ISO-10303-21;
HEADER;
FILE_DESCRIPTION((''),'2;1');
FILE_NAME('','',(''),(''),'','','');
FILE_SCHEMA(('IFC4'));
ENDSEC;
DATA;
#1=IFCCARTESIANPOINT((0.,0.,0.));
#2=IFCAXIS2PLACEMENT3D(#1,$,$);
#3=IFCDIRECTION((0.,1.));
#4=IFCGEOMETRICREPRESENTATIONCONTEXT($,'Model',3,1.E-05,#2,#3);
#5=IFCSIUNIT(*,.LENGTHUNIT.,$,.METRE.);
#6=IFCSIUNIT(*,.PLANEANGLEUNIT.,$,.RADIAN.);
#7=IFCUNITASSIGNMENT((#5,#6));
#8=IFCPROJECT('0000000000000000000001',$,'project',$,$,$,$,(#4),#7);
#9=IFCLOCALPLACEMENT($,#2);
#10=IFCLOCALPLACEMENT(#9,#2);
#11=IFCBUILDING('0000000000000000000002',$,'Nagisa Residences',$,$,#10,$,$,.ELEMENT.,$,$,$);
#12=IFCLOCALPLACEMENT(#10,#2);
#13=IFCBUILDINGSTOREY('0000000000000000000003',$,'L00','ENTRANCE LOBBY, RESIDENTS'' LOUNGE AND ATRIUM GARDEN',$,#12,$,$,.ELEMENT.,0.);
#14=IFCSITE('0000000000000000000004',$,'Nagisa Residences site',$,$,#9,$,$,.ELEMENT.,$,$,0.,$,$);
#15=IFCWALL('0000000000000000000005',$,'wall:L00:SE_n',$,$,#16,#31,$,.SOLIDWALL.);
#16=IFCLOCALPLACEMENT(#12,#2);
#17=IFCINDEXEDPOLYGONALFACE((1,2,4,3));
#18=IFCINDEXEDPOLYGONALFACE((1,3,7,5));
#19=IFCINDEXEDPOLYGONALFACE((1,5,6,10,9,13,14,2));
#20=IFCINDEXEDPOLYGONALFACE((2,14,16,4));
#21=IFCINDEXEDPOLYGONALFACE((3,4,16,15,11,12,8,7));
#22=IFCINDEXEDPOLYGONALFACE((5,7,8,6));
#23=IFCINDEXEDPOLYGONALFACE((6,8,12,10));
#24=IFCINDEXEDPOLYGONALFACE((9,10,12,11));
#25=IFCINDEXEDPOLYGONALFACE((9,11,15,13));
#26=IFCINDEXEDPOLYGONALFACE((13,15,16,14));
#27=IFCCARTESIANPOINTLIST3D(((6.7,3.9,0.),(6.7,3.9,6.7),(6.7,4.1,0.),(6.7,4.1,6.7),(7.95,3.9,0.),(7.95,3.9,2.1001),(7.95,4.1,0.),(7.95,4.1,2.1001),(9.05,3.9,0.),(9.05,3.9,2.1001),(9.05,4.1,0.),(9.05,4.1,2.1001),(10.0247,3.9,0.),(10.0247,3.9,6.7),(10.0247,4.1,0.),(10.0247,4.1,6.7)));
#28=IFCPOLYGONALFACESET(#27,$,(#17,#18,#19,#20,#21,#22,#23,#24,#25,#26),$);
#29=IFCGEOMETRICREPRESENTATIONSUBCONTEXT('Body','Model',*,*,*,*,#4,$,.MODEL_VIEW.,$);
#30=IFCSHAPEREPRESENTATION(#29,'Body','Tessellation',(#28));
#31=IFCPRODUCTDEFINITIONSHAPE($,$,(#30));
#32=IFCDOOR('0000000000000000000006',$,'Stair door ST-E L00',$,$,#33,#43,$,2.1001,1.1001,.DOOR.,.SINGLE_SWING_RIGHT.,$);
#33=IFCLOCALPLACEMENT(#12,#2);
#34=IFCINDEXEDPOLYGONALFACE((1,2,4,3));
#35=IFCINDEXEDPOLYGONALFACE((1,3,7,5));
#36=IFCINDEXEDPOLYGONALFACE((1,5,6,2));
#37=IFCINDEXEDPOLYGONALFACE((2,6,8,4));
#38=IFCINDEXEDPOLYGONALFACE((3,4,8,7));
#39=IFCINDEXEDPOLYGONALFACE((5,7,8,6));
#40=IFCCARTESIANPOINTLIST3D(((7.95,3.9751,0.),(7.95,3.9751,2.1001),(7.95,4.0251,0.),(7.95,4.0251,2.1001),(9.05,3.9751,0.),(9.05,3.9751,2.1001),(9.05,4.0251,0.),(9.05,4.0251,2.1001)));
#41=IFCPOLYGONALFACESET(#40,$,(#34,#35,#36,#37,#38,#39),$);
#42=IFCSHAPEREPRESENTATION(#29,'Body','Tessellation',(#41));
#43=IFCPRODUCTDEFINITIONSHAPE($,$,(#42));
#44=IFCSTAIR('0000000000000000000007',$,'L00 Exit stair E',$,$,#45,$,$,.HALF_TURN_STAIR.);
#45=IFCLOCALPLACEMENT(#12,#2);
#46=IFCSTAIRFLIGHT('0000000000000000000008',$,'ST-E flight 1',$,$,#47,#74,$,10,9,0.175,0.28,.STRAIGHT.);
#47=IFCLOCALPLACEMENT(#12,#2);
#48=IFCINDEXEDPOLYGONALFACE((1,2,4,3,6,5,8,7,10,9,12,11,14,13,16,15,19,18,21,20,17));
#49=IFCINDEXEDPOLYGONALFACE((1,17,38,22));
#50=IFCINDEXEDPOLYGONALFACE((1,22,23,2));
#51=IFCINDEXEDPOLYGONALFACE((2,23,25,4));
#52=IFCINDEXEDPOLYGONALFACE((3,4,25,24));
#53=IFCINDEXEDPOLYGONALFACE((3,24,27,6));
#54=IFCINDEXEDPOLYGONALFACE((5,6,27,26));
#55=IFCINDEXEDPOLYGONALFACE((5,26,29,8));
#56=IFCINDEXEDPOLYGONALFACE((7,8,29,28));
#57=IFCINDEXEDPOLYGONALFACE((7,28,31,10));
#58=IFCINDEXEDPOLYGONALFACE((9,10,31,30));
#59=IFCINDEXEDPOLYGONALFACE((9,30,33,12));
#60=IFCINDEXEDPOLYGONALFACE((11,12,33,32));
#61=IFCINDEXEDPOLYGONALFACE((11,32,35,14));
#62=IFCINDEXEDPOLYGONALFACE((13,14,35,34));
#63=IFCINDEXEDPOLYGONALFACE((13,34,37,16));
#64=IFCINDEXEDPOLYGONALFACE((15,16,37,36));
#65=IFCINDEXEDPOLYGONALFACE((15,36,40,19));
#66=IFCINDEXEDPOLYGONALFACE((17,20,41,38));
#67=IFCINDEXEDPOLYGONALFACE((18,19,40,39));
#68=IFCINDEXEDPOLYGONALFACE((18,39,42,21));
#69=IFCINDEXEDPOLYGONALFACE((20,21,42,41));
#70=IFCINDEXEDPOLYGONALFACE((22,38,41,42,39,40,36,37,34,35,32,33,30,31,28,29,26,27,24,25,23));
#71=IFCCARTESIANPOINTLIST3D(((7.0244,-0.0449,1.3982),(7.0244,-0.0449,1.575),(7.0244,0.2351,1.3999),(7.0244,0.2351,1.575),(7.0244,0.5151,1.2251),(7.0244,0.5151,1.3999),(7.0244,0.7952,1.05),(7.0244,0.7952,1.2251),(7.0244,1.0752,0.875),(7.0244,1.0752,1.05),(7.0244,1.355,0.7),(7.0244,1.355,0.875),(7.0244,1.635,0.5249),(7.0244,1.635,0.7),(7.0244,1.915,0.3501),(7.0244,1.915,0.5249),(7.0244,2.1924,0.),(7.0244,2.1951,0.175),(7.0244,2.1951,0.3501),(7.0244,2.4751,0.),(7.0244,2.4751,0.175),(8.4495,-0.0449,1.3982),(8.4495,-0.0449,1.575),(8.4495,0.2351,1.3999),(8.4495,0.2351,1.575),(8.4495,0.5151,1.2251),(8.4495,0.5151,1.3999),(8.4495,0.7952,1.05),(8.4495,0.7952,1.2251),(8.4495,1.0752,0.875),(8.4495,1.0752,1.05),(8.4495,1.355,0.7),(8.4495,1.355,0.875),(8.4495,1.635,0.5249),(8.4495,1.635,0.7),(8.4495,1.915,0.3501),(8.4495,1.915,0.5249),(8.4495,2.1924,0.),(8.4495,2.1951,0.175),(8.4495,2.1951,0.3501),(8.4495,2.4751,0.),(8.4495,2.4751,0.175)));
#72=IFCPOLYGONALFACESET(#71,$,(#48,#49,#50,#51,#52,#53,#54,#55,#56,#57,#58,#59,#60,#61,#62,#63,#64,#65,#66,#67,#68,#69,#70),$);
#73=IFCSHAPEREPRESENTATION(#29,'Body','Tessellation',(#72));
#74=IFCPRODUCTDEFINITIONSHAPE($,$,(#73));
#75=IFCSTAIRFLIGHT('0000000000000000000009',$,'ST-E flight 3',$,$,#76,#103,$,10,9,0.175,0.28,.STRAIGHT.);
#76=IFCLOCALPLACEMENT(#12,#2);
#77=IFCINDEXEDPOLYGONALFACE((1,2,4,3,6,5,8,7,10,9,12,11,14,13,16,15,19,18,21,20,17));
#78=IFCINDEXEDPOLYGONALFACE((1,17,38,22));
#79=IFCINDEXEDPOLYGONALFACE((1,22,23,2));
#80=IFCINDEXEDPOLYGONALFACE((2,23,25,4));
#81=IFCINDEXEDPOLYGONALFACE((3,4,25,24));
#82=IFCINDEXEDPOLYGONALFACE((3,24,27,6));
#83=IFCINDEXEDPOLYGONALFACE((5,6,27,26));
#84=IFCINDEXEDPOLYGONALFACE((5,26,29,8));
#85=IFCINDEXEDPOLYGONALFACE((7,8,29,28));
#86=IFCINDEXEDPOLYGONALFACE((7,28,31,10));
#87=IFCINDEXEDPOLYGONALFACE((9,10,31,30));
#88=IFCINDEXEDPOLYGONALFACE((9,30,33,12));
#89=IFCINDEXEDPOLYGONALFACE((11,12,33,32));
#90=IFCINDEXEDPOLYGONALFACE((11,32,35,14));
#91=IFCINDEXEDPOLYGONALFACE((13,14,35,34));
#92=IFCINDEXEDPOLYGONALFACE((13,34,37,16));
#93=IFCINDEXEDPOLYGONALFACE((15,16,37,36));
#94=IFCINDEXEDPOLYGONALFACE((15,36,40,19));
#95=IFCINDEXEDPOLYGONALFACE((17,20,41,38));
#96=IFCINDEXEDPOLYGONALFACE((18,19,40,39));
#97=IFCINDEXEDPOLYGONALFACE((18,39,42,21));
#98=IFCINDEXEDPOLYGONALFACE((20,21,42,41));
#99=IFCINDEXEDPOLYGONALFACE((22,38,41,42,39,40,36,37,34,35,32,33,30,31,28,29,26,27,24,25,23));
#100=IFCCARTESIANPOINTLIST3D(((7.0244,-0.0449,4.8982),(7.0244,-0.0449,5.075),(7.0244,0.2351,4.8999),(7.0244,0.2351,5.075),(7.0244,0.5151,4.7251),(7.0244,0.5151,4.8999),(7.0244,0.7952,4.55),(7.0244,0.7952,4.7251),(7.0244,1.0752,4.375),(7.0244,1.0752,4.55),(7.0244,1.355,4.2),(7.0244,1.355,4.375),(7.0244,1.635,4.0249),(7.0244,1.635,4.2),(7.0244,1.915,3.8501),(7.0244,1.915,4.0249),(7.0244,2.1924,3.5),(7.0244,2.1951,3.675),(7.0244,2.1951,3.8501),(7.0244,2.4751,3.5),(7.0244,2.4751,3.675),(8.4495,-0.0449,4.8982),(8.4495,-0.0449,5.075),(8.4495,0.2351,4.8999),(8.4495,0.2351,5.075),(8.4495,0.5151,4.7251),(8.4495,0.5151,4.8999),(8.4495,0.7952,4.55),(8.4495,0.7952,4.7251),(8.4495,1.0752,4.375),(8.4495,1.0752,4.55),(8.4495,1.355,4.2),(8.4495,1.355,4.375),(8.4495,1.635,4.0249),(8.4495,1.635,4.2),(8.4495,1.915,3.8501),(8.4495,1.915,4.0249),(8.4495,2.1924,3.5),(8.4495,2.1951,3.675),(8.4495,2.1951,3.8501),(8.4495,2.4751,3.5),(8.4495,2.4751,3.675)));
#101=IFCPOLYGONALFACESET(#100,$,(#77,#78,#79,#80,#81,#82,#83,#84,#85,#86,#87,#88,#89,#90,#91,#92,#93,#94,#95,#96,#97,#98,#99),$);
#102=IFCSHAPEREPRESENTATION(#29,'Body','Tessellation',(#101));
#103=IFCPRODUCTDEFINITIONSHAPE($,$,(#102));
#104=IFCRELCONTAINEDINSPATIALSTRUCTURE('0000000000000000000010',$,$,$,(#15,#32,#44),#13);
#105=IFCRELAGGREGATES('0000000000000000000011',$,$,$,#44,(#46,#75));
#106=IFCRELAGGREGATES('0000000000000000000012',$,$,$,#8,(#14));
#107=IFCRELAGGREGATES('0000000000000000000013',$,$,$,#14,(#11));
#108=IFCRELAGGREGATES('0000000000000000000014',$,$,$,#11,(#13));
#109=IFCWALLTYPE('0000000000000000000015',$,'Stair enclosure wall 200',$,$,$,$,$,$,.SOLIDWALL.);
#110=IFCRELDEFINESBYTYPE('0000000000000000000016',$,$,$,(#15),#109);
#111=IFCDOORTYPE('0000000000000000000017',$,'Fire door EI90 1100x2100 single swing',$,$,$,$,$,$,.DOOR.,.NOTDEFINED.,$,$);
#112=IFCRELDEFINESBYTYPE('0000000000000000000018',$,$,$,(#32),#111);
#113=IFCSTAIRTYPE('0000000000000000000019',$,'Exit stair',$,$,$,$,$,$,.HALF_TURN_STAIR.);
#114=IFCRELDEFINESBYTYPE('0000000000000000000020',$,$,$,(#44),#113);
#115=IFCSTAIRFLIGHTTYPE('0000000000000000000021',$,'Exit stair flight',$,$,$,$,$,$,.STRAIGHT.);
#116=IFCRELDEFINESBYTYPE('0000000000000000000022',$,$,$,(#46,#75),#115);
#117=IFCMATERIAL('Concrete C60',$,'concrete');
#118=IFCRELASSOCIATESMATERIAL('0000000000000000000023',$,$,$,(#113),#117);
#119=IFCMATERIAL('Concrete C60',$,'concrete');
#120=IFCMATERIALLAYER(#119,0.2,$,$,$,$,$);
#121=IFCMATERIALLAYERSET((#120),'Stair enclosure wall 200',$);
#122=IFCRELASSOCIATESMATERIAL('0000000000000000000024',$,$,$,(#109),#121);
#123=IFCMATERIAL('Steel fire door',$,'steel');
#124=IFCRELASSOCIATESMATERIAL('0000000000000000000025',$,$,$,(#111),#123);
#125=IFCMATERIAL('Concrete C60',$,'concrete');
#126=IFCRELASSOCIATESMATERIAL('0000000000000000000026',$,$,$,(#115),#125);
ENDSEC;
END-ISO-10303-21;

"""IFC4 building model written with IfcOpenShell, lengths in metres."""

from ifc_helpers import new_model, si_unit, direction, frame, frame_2d, origin, place, context, subcontext, project, spatial, polyline, rectangle, outline, extrude, material, layer, layer_set, type_object, element, fill, aggregate, save


model = new_model("IFC4")

# Units and contexts
model_context = context("Model", 3, precision=1e-05, world=origin(), true_north=direction((0.0, 1.0)))
body_context = subcontext(model_context, "Body", "Model", "MODEL_VIEW")
ifc_project = project(units=[si_unit("LENGTHUNIT", "METRE"), si_unit("PLANEANGLEUNIT", "RADIAN")], contexts=[model_context])

# Site, building, storey
site_placement = place(None, origin())
site = spatial("IfcSite", under=ifc_project, at=site_placement, Name="Nagisa Residences site", CompositionType="ELEMENT", RefElevation=0.0)
building_placement = place(site_placement, origin())
building = spatial("IfcBuilding", under=site, at=building_placement, Name="Nagisa Residences", CompositionType="ELEMENT")
storey_placement = place(building_placement, origin())
storey = spatial("IfcBuildingStorey", under=building, at=storey_placement, Name="L00", Description="ENTRANCE LOBBY, RESIDENTS' LOUNGE AND ATRIUM GARDEN", CompositionType="ELEMENT", Elevation=0.0)

# Shared definitions
ifc_material_1 = material(Name="Concrete C60", Category="concrete")
stair_type = type_object("IfcStairType", Name="Exit stair", PredefinedType="HALF_TURN_STAIR", material=ifc_material_1)

# Wall, opening, door
ifc_material_2 = material(Name="Concrete C60", Category="concrete")
ifc_layer_1 = layer(ifc_material_2, 0.2)
ifc_layer_set_1 = layer_set([ifc_layer_1], Name="Stair enclosure wall 200")
wall_type_1 = type_object("IfcWallType", Name="Stair enclosure wall 200", PredefinedType="SOLIDWALL", material=ifc_layer_set_1)
wall_1_placement = place(storey_placement, frame((6.7, 4.0, 0.0), z_axis=(0.0, 0.0, 1.0), x_axis=(1.0, 0.0, 0.0)))
wall_1 = element("IfcWall", 1, at=wall_1_placement, inside=storey, type_object=wall_type_1, Name="wall:L00:SE_n", PredefinedType="SOLIDWALL", context=body_context, shape_type="SweptSolid", body=[
    extrude(rectangle(XDim=3.3247, YDim=0.2, at=frame_2d((1.6624, 0.0))), origin(), (0.0, 0.0, 1.0), 6.7),
])
opening_1_placement = place(wall_1_placement, frame((1.25, 0.0, 0.0)))
opening_1 = element("IfcOpeningElement", 2, at=opening_1_placement, cuts=wall_1, PredefinedType="OPENING", context=body_context, shape_type="SweptSolid", body=[
    extrude(rectangle(XDim=1.1001, YDim=2.1001, at=frame_2d((0.55, 1.05))), frame((0.0, 0.1099, 0.0), z_axis=(0.0, -1.0, 0.0), x_axis=(1.0, 0.0, 0.0)), (0.0, 0.0, 1.0), 0.22),
])
ifc_material_3 = material(Name="Steel fire door", Category="steel")
door_type_1 = type_object("IfcDoorType", Name="Fire door EI90 1100x2100 single swing", OperationType="NOTDEFINED", PredefinedType="DOOR", material=ifc_material_3)
door_1_placement = place(opening_1_placement, frame((1.1001, 0.0, 0.0), x_axis=(-1.0, 0.0, 0.0)))
door_1 = element("IfcDoor", 3, at=door_1_placement, inside=storey, type_object=door_type_1, Name="Stair door ST-E L00", OperationType="SINGLE_SWING_RIGHT", OverallHeight=2.1001, OverallWidth=1.1001, PredefinedType="DOOR", context=body_context, shape_type="SweptSolid", body=[
    extrude(rectangle(XDim=1.1001, YDim=2.1001, at=frame_2d((0.55, 1.05))), frame((0.0, 0.0249, 0.0), z_axis=(0.0, -1.0, 0.0), x_axis=(1.0, 0.0, 0.0)), (0.0, 0.0, 1.0), 0.05),
])
fill(opening_1, door_1)

# Stair, stair flights
stair_1_placement = place(storey_placement, origin())
stair_1 = element("IfcStair", 4, at=stair_1_placement, inside=storey, type_object=stair_type, Name="L00 Exit stair E", PredefinedType="HALF_TURN_STAIR")
ifc_material_4 = material(Name="Concrete C60", Category="concrete")
stair_flight_type = type_object("IfcStairFlightType", Name="Exit stair flight", PredefinedType="STRAIGHT", material=ifc_material_4)
stair_flight_1_placement = place(storey_placement, frame((7.7371, 2.4751, 0.0), z_axis=(0.0, 0.0, 1.0), x_axis=(0.0, -1.0, 0.0)))
stair_flight_1 = element("IfcStairFlight", 5, at=stair_flight_1_placement, type_object=stair_flight_type, Name="ST-E flight 1", NumberOfRisers=10, NumberOfTreads=9, PredefinedType="STRAIGHT", RiserHeight=0.175, TreadLength=0.28, context=body_context, shape_type="SweptSolid", body=[
    extrude(outline(polyline([(0.0, 0.0), (0.0, 0.175), (0.28, 0.175), (0.28, 0.3501), (0.5601, 0.3501), (0.5601, 0.5249), (0.8401, 0.5249), (0.8401, 0.7), (1.1201, 0.7), (1.1201, 0.875), (1.3999, 0.875), (1.3999, 1.05), (1.6799, 1.05), (1.6799, 1.2251), (1.96, 1.2251), (1.96, 1.3999), (2.24, 1.3999), (2.24, 1.575), (2.52, 1.575), (2.52, 1.75), (2.52, 1.3982), (0.2827, 0.0), (0.0, 0.0)])), frame((0.0, 0.7124, 0.0), z_axis=(0.0, -1.0, 0.0), x_axis=(1.0, 0.0, 0.0)), (0.0, 0.0, 1.0), 1.425),
])
stair_flight_2_placement = place(storey_placement, frame((7.7371, 2.4751, 3.5), z_axis=(0.0, 0.0, 1.0), x_axis=(0.0, -1.0, 0.0)))
stair_flight_2 = element("IfcStairFlight", 6, at=stair_flight_2_placement, type_object=stair_flight_type, Name="ST-E flight 3", NumberOfRisers=10, NumberOfTreads=9, PredefinedType="STRAIGHT", RiserHeight=0.175, TreadLength=0.28, context=body_context, shape_type="SweptSolid", body=[
    extrude(outline(polyline([(0.0, 0.0), (0.0, 0.175), (0.28, 0.175), (0.28, 0.3501), (0.5601, 0.3501), (0.5601, 0.5249), (0.8401, 0.5249), (0.8401, 0.7), (1.1201, 0.7), (1.1201, 0.875), (1.3999, 0.875), (1.3999, 1.05), (1.6799, 1.05), (1.6799, 1.2251), (1.96, 1.2251), (1.96, 1.3999), (2.24, 1.3999), (2.24, 1.575), (2.52, 1.575), (2.52, 1.75), (2.52, 1.3982), (0.2827, 0.0), (0.0, 0.0)])), frame((0.0, 0.7124, 0.0), z_axis=(0.0, -1.0, 0.0), x_axis=(1.0, 0.0, 0.0)), (0.0, 0.0, 1.0), 1.425),
])
aggregate(stair_1, [stair_flight_1, stair_flight_2])

save(model, "model.ifc")
